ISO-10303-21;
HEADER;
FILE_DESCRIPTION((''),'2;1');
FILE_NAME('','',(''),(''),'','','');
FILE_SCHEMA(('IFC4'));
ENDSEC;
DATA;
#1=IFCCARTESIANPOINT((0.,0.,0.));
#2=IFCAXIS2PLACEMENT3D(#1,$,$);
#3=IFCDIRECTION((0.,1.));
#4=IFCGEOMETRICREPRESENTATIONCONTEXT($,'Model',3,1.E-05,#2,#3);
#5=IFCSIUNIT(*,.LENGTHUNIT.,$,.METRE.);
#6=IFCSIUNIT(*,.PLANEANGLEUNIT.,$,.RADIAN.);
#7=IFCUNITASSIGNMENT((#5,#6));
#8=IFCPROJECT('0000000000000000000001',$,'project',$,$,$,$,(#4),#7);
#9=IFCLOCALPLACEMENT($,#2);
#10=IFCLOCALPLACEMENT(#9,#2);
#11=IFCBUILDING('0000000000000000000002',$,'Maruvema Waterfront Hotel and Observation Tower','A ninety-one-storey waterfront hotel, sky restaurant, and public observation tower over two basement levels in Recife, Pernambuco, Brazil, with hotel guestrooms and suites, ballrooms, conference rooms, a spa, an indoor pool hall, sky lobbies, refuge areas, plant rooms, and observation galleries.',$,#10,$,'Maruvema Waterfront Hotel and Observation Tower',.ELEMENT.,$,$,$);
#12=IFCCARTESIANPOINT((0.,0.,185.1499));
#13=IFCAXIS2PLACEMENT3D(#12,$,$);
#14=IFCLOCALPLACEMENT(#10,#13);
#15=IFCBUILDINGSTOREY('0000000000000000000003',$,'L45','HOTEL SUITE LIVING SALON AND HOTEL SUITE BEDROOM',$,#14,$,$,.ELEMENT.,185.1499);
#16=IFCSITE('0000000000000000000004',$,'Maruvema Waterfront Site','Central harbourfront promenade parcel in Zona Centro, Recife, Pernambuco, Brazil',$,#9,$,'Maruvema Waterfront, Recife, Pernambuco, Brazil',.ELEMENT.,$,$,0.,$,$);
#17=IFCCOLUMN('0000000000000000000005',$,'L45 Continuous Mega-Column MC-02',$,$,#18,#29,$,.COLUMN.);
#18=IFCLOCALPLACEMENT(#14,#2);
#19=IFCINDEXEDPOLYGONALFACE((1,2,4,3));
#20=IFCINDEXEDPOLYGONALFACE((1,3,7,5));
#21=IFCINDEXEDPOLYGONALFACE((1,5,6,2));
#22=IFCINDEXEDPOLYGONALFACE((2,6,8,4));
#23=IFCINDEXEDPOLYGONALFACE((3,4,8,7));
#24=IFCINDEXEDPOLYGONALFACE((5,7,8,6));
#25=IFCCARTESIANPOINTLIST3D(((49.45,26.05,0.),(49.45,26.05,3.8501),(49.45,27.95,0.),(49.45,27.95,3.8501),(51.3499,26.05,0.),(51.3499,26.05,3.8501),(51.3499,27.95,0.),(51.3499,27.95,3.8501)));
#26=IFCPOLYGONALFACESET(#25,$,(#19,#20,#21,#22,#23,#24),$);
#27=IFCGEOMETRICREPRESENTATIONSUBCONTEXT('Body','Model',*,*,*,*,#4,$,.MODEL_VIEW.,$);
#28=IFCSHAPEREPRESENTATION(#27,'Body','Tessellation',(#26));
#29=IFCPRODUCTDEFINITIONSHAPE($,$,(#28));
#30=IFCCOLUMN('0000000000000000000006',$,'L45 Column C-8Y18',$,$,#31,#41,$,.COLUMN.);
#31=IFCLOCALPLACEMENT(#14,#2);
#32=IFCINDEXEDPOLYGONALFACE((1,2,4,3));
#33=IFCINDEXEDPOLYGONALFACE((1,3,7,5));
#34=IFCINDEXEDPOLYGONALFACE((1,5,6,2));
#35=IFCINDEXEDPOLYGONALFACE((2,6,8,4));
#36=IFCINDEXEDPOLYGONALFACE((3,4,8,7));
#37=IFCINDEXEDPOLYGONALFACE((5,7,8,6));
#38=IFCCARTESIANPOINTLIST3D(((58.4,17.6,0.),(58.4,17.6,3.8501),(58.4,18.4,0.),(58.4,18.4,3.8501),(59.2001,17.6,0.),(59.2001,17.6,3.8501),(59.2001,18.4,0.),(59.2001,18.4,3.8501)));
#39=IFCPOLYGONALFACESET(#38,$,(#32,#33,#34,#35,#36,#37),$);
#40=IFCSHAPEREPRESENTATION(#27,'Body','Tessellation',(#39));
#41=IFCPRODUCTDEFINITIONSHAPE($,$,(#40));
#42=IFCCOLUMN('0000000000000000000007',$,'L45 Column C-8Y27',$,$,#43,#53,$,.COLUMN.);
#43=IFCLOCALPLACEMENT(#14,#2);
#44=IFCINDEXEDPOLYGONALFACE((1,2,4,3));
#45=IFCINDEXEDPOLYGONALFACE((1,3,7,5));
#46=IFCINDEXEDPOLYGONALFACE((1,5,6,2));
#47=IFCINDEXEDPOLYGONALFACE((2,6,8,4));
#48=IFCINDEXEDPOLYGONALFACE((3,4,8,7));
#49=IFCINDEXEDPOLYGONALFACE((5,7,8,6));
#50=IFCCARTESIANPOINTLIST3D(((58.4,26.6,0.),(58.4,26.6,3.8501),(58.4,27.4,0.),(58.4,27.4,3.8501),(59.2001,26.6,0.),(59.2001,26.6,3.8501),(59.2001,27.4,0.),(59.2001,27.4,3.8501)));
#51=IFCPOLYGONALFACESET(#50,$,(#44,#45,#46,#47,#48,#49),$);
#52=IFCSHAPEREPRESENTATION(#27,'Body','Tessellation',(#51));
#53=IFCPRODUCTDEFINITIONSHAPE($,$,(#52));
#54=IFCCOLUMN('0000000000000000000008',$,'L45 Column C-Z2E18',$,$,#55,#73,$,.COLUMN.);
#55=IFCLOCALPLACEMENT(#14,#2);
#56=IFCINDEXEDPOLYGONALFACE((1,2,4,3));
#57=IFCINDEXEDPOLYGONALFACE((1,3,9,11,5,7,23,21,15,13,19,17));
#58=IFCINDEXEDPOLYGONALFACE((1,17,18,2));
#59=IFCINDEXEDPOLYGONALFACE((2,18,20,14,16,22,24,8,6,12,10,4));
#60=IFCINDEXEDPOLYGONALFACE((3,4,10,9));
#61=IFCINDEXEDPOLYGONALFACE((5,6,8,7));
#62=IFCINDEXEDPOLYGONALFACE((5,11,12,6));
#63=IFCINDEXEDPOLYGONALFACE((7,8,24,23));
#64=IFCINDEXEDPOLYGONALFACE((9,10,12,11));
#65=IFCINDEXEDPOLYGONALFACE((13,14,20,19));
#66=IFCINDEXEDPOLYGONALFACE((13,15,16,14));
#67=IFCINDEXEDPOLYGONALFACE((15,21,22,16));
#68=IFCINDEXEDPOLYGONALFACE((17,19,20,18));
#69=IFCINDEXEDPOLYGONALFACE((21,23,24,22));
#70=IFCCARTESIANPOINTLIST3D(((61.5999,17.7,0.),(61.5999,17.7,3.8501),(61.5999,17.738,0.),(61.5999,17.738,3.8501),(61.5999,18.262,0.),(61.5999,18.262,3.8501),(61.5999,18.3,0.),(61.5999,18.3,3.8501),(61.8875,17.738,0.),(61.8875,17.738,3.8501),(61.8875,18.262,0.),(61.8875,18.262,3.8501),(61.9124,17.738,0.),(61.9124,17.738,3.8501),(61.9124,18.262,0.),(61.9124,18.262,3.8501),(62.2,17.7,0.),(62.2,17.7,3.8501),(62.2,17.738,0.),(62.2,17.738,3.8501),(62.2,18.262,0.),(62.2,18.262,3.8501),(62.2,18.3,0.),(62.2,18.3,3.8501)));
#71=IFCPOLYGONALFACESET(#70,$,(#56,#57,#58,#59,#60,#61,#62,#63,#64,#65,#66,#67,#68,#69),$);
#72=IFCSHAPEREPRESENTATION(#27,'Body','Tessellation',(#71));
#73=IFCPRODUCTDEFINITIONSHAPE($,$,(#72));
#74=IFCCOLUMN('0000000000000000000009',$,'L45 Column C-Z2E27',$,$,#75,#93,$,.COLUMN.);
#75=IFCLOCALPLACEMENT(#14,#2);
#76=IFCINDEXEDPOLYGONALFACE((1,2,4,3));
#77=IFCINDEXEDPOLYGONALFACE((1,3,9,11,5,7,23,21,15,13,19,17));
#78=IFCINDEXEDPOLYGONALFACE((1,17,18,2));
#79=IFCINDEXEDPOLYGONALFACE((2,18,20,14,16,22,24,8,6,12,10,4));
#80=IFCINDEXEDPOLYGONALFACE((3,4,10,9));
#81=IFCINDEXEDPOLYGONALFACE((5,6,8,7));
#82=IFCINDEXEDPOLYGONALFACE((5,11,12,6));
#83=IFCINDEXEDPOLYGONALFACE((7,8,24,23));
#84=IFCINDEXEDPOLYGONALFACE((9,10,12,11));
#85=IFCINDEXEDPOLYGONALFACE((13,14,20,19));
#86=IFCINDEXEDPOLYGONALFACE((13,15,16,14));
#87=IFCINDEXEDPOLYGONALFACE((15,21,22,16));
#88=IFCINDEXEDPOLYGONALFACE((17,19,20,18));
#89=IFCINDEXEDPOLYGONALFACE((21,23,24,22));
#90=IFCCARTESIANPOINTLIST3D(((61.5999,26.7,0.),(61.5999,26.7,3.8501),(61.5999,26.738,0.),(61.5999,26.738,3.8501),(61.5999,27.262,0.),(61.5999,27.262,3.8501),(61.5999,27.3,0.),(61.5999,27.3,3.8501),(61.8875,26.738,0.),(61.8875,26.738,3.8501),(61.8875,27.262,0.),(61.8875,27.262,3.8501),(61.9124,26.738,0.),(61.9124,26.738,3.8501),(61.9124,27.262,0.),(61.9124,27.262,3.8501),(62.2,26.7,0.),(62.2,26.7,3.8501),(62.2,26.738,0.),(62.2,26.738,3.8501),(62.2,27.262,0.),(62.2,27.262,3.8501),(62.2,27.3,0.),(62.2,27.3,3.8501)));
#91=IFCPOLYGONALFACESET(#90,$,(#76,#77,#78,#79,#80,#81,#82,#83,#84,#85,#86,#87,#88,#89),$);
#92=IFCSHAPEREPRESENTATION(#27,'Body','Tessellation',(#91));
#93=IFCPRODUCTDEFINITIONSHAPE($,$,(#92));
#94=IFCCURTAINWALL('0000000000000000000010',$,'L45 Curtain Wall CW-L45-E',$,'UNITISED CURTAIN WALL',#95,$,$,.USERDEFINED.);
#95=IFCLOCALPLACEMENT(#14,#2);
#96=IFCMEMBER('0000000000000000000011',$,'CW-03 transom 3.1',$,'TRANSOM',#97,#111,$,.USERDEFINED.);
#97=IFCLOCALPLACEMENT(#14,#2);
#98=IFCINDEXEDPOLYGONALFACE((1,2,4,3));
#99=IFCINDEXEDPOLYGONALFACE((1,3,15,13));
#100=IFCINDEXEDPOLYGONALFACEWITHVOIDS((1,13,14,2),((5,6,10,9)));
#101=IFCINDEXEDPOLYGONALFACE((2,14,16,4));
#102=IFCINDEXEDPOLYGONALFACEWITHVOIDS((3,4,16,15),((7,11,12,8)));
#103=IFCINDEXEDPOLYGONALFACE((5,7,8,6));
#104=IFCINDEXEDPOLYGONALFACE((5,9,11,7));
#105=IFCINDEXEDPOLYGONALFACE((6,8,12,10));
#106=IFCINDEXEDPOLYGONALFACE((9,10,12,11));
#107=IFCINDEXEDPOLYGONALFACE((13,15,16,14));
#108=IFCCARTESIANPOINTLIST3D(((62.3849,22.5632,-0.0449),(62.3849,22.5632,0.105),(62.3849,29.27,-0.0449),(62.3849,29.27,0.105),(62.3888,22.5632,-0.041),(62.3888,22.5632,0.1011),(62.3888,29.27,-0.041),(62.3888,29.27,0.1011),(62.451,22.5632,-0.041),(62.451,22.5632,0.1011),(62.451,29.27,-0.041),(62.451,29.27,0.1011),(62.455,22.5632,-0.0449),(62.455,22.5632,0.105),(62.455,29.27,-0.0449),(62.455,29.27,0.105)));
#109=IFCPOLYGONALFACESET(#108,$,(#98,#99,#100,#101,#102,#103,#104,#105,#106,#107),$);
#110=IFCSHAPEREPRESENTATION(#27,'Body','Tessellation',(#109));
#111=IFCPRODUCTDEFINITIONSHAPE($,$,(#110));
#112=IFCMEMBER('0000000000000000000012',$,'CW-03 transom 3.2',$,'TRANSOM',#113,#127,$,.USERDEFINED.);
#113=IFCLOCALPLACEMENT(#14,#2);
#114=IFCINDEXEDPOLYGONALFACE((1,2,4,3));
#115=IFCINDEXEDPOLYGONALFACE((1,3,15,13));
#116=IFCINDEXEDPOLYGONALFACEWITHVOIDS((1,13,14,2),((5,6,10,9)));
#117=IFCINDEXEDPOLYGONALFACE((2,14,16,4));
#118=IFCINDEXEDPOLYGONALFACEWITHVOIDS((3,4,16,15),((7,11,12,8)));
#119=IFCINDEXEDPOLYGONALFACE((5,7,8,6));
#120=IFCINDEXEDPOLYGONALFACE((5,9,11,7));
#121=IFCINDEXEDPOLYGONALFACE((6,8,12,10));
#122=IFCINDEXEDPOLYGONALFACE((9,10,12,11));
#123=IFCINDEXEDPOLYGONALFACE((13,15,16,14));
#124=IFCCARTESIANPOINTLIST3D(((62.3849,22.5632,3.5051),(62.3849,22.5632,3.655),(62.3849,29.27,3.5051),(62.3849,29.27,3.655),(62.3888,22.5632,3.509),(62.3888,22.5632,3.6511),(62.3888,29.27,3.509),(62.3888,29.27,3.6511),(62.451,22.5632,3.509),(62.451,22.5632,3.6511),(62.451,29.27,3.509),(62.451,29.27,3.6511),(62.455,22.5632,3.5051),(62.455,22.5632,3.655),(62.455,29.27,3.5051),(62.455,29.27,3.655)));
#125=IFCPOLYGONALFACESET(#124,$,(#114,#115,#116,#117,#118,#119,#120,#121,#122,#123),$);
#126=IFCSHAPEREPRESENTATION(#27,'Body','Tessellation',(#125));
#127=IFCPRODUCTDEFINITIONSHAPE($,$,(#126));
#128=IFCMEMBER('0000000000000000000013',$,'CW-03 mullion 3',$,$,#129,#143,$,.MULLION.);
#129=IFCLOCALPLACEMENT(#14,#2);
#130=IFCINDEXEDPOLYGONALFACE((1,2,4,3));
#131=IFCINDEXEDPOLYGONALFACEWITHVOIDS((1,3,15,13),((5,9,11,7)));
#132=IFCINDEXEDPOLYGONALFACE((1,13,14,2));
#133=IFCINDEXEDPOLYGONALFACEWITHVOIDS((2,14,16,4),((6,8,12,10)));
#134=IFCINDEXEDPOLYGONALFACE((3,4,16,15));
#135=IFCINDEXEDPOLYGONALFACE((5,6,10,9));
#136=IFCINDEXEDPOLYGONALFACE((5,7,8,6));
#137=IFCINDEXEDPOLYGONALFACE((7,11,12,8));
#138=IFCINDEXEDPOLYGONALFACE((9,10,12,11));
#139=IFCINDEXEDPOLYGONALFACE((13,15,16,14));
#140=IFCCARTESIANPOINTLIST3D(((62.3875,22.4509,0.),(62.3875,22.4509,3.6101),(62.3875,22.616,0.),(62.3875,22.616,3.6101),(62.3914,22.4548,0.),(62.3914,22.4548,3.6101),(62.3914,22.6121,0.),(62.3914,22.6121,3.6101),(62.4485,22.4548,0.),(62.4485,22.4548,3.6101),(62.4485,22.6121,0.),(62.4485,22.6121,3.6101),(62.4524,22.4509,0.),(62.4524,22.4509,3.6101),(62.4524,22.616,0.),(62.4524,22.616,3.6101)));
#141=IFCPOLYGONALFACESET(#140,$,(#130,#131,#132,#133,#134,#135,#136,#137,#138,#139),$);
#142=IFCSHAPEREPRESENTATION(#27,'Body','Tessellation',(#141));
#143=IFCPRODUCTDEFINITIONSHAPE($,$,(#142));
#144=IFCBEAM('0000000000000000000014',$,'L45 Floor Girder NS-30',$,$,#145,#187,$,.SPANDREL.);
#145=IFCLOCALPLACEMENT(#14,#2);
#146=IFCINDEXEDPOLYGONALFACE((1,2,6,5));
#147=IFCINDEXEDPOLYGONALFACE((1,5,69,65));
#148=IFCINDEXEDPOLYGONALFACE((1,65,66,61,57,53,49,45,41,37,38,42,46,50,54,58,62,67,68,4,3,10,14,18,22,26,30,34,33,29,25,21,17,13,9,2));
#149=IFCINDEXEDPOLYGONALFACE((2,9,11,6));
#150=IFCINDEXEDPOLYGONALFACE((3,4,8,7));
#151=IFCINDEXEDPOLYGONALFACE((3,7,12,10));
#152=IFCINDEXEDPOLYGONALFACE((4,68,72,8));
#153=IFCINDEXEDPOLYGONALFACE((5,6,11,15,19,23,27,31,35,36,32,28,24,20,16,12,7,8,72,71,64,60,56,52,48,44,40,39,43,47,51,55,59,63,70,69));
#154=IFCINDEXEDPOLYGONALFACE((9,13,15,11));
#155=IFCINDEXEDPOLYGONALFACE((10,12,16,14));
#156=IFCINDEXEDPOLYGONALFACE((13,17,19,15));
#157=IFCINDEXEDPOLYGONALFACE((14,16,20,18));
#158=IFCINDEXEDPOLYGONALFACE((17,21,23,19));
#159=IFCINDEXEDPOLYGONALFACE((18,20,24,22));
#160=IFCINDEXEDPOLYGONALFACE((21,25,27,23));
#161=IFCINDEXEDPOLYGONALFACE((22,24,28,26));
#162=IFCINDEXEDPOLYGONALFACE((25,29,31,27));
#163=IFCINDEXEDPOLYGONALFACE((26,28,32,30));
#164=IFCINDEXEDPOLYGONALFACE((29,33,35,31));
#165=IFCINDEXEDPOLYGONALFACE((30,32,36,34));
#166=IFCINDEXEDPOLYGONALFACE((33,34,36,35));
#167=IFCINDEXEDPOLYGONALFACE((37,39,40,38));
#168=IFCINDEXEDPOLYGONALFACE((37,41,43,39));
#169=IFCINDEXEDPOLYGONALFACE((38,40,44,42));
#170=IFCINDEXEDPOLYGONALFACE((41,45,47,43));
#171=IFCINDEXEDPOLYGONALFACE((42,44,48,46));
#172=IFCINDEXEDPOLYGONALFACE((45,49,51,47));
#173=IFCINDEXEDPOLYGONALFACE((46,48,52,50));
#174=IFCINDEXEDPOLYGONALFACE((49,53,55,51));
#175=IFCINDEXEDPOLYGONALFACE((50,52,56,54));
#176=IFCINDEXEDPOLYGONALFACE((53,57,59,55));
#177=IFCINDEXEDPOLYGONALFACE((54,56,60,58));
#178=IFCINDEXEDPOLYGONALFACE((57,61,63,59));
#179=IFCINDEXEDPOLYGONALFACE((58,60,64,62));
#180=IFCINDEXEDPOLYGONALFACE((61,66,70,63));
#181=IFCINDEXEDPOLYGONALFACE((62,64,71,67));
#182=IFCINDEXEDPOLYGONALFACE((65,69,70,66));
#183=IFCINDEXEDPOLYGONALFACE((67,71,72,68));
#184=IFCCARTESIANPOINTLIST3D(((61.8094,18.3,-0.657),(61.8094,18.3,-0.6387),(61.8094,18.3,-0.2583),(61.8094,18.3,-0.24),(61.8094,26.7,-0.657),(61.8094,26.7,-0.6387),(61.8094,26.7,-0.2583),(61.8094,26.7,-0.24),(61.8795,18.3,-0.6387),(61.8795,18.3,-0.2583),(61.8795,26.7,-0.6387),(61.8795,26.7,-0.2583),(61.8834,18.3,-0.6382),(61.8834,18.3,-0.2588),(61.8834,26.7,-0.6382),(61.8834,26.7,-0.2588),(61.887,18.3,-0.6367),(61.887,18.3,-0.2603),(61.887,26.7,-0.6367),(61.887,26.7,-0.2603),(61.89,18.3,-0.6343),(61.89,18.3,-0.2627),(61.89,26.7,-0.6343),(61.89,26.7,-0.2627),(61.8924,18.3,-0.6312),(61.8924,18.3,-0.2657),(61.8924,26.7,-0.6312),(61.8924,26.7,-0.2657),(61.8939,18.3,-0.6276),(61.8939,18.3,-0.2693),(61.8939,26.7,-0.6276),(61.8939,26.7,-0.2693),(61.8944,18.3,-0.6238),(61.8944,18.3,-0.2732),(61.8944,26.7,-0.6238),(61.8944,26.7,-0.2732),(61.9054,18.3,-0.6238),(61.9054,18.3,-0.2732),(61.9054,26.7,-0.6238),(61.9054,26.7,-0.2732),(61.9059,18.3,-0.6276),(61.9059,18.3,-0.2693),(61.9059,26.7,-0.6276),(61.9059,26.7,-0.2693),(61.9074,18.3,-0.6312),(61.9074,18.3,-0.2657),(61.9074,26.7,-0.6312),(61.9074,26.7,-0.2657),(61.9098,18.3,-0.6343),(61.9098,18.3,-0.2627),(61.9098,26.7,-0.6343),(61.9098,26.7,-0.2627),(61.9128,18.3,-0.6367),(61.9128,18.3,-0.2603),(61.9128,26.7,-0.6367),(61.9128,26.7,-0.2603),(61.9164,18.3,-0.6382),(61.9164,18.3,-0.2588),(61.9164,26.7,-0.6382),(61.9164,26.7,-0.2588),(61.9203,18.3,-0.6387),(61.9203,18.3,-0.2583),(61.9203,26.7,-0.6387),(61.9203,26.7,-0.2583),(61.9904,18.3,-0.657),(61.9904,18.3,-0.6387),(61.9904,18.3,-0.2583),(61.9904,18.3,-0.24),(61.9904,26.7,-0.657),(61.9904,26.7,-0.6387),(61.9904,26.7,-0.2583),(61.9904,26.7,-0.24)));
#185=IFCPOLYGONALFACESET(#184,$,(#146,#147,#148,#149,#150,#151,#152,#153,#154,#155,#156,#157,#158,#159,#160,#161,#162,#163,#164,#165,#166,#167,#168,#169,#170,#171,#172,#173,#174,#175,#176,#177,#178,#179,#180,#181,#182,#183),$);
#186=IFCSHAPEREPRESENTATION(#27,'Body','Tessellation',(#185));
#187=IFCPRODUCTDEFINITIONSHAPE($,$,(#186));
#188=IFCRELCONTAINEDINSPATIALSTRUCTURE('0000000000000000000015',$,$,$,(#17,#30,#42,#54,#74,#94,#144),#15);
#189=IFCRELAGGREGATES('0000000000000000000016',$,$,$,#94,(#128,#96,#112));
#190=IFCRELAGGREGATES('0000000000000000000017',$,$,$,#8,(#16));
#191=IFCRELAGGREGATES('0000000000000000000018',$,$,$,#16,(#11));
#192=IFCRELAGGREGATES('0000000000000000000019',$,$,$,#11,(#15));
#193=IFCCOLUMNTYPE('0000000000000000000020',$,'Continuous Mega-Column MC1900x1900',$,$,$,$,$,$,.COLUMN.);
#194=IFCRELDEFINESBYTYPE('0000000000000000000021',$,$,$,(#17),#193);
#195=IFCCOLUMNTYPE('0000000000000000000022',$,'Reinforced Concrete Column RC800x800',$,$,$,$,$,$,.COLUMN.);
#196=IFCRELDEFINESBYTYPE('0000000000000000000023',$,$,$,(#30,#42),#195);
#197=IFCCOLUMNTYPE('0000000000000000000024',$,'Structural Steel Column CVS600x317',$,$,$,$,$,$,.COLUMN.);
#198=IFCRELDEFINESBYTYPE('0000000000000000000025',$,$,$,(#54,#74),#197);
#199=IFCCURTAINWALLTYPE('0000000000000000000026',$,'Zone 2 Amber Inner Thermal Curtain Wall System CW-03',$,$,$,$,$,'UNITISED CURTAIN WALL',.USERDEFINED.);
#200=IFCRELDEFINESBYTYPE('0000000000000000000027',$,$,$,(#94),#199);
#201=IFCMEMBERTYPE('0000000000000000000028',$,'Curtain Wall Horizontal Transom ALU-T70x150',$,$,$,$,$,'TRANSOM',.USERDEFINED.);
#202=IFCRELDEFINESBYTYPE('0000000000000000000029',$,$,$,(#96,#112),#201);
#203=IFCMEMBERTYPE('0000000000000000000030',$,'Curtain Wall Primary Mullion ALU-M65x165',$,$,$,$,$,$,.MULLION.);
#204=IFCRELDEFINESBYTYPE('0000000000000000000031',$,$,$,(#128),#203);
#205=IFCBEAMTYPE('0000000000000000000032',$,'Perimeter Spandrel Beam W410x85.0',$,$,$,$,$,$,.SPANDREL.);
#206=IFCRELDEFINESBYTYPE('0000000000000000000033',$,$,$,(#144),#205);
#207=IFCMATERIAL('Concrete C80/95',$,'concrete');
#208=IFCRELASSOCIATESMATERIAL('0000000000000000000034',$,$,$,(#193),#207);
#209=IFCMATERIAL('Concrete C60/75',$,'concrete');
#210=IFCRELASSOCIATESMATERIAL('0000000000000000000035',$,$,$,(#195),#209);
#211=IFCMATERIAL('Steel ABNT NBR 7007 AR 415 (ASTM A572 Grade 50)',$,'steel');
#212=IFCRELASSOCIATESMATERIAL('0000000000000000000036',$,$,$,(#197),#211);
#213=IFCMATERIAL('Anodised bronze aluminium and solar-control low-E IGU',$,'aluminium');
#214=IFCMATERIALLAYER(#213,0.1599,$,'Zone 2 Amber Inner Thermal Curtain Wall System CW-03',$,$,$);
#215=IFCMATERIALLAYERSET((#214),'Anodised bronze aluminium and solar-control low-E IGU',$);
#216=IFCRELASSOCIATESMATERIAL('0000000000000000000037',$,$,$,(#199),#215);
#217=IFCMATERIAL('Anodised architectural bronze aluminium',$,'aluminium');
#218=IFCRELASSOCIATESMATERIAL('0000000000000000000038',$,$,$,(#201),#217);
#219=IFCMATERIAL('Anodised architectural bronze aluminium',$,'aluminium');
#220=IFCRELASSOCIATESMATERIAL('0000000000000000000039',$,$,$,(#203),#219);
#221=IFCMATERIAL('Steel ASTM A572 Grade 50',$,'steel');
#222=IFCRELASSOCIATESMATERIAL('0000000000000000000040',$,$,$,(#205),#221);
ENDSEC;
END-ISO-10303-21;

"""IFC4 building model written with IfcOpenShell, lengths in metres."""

from ifc_helpers import new_model, si_unit, direction, frame, origin, origin_2d, place, context, subcontext, project, spatial, rectangle, hollow_rectangle, i_section, extrude, material, layer, layer_set, material_profile, profile_set, type_object, element, aggregate, save


model = new_model("IFC4")

# Units and contexts
model_context = context("Model", 3, precision=1e-05, world=origin(), true_north=direction((0.0, 1.0)))
body_context = subcontext(model_context, "Body", "Model", "MODEL_VIEW")
ifc_project = project(units=[si_unit("LENGTHUNIT", "METRE"), si_unit("PLANEANGLEUNIT", "RADIAN")], contexts=[model_context])

# Site, building, storey
site_placement = place(None, origin())
site = spatial("IfcSite", under=ifc_project, at=site_placement, Name="Maruvema Waterfront Site", Description="Central harbourfront promenade parcel in Zona Centro, Recife, Pernambuco, Brazil", LongName="Maruvema Waterfront, Recife, Pernambuco, Brazil", CompositionType="ELEMENT", RefElevation=0.0)
building_placement = place(site_placement, origin())
building = spatial("IfcBuilding", under=site, at=building_placement, Name="Maruvema Waterfront Hotel and Observation Tower", Description="A ninety-one-storey waterfront hotel, sky restaurant, and public observation tower over two basement levels in Recife, Pernambuco, Brazil, with hotel guestrooms and suites, ballrooms, conference rooms, a spa, an indoor pool hall, sky lobbies, refuge areas, plant rooms, and observation galleries.", LongName="Maruvema Waterfront Hotel and Observation Tower", CompositionType="ELEMENT")
storey_placement = place(building_placement, frame((0.0, 0.0, 185.1499)))
storey = spatial("IfcBuildingStorey", under=building, at=storey_placement, Name="L45", Description="HOTEL SUITE LIVING SALON AND HOTEL SUITE BEDROOM", CompositionType="ELEMENT", Elevation=185.1499)

# Columns
ifc_material_1 = material(Name="Concrete C80/95", Category="concrete")
ifc_material_profile_1 = material_profile(ifc_material_1, rectangle(XDim=1.8999, YDim=1.8999, at=origin_2d()), Name="MC1900x1900")
ifc_profile_set_1 = profile_set([ifc_material_profile_1], Name="Concrete C80/95")
column_type_1 = type_object("IfcColumnType", Name="Continuous Mega-Column MC1900x1900", PredefinedType="COLUMN", material=ifc_profile_set_1)
column_placement = place(storey_placement, frame((50.3999, 27.0, 0.0), z_axis=(0.0, 0.0, 1.0), x_axis=(1.0, 0.0, 0.0)))
element("IfcColumn", 1, at=column_placement, inside=storey, type_object=column_type_1, Name="L45 Continuous Mega-Column MC-02", PredefinedType="COLUMN", context=body_context, shape_type="SweptSolid", body=[
    extrude(rectangle(XDim=1.8999, YDim=1.8999, at=origin_2d()), origin(), (0.0, 0.0, 1.0), 3.8501),
])
ifc_material_2 = material(Name="Concrete C60/75", Category="concrete")
ifc_material_profile_2 = material_profile(ifc_material_2, rectangle(XDim=0.8, YDim=0.8, at=origin_2d()), Name="RC800x800")
ifc_profile_set_2 = profile_set([ifc_material_profile_2], Name="Concrete C60/75")
column_type_2 = type_object("IfcColumnType", Name="Reinforced Concrete Column RC800x800", PredefinedType="COLUMN", material=ifc_profile_set_2)
for number, where, z_axis, x_axis, name in (
    (2, (58.8, 18.0, 0.0), (0.0, 0.0, 1.0), (1.0, 0.0, 0.0), "L45 Column C-8Y18"),
    (3, (58.8, 27.0, 0.0), (0.0, 0.0, 1.0), (1.0, 0.0, 0.0), "L45 Column C-8Y27"),
):
    element("IfcColumn", number, at=place(storey_placement, frame(where, z_axis=z_axis, x_axis=x_axis)), inside=storey, type_object=column_type_2, Name=name, PredefinedType="COLUMN", context=body_context, shape_type="SweptSolid", body=[
        extrude(rectangle(XDim=0.8, YDim=0.8, at=origin_2d()), origin(), (0.0, 0.0, 1.0), 3.8501),
    ])
ifc_material_3 = material(Name="Steel ABNT NBR 7007 AR 415 (ASTM A572 Grade 50)", Category="steel")
ifc_material_profile_3 = material_profile(ifc_material_3, i_section(OverallWidth=0.6001, OverallDepth=0.6001, WebThickness=0.0249, FlangeThickness=0.0381, at=origin_2d()), Name="CVS600x317")
ifc_profile_set_3 = profile_set([ifc_material_profile_3], Name="Steel ABNT NBR 7007 AR 415 (ASTM A572 Grade 50)")
column_type_3 = type_object("IfcColumnType", Name="Structural Steel Column CVS600x317", PredefinedType="COLUMN", material=ifc_profile_set_3)
for number, where, z_axis, x_axis, name in (
    (4, (61.8999, 18.0, 0.0), (0.0, 0.0, 1.0), (1.0, 0.0, 0.0), "L45 Column C-Z2E18"),
    (5, (61.8999, 27.0, 0.0), (0.0, 0.0, 1.0), (1.0, 0.0, 0.0), "L45 Column C-Z2E27"),
):
    element("IfcColumn", number, at=place(storey_placement, frame(where, z_axis=z_axis, x_axis=x_axis)), inside=storey, type_object=column_type_3, Name=name, PredefinedType="COLUMN", context=body_context, shape_type="SweptSolid", body=[
        extrude(i_section(OverallWidth=0.6001, OverallDepth=0.6001, WebThickness=0.0249, FlangeThickness=0.0381, at=origin_2d()), origin(), (0.0, 0.0, 1.0), 3.8501),
    ])

# Curtain wall, members
ifc_material_4 = material(Name="Anodised bronze aluminium and solar-control low-E IGU", Category="aluminium")
ifc_layer_1 = layer(ifc_material_4, 0.1599, Name="Zone 2 Amber Inner Thermal Curtain Wall System CW-03")
ifc_layer_set_1 = layer_set([ifc_layer_1], Name="Anodised bronze aluminium and solar-control low-E IGU")
curtain_wall_type = type_object("IfcCurtainWallType", Name="Zone 2 Amber Inner Thermal Curtain Wall System CW-03", ElementType="UNITISED CURTAIN WALL", PredefinedType="USERDEFINED", material=ifc_layer_set_1)
curtain_wall_placement = place(storey_placement, origin())
curtain_wall = element("IfcCurtainWall", 6, at=curtain_wall_placement, inside=storey, type_object=curtain_wall_type, Name="L45 Curtain Wall CW-L45-E", ObjectType="UNITISED CURTAIN WALL", PredefinedType="USERDEFINED")
ifc_material_5 = material(Name="Anodised architectural bronze aluminium", Category="aluminium")
ifc_material_profile_4 = material_profile(ifc_material_5, hollow_rectangle(XDim=0.0701, YDim=0.1499, WallThickness=0.0039, at=origin_2d()), Name="ALU-T70x150")
ifc_profile_set_4 = profile_set([ifc_material_profile_4], Name="Anodised architectural bronze aluminium")
member_type_1 = type_object("IfcMemberType", Name="Curtain Wall Horizontal Transom ALU-T70x150", ElementType="TRANSOM", PredefinedType="USERDEFINED", material=ifc_profile_set_4)
member_1_placement = place(storey_placement, frame((62.4199, 22.5632, 0.03), z_axis=(0.0, 1.0, 0.0), x_axis=(-1.0, 0.0, 0.0)))
member_1 = element("IfcMember", 7, at=member_1_placement, type_object=member_type_1, Name="CW-03 transom 3.1", ObjectType="TRANSOM", PredefinedType="USERDEFINED", context=body_context, shape_type="SweptSolid", body=[
    extrude(hollow_rectangle(XDim=0.0701, YDim=0.1499, WallThickness=0.0039, at=origin_2d()), origin(), (0.0, 0.0, 1.0), 6.7068),
])
member_2_placement = place(storey_placement, frame((62.4199, 22.5632, 3.5801), z_axis=(0.0, 1.0, 0.0), x_axis=(-1.0, 0.0, 0.0)))
member_2 = element("IfcMember", 8, at=member_2_placement, type_object=member_type_1, Name="CW-03 transom 3.2", ObjectType="TRANSOM", PredefinedType="USERDEFINED", context=body_context, shape_type="SweptSolid", body=[
    extrude(hollow_rectangle(XDim=0.0701, YDim=0.1499, WallThickness=0.0039, at=origin_2d()), origin(), (0.0, 0.0, 1.0), 6.7068),
])
ifc_material_6 = material(Name="Anodised architectural bronze aluminium", Category="aluminium")
ifc_material_profile_5 = material_profile(ifc_material_6, hollow_rectangle(XDim=0.0649, YDim=0.165, WallThickness=0.0039, at=origin_2d()), Name="ALU-M65x165")
ifc_profile_set_5 = profile_set([ifc_material_profile_5], Name="Anodised architectural bronze aluminium")
member_type_2 = type_object("IfcMemberType", Name="Curtain Wall Primary Mullion ALU-M65x165", PredefinedType="MULLION", material=ifc_profile_set_5)
member_3_placement = place(storey_placement, frame((62.4199, 22.5334, 0.0), z_axis=(0.0, 0.0, 1.0), x_axis=(-1.0, 0.0, 0.0)))
member_3 = element("IfcMember", 9, at=member_3_placement, type_object=member_type_2, Name="CW-03 mullion 3", PredefinedType="MULLION", context=body_context, shape_type="SweptSolid", body=[
    extrude(hollow_rectangle(XDim=0.0649, YDim=0.165, WallThickness=0.0039, at=origin_2d()), origin(), (0.0, 0.0, 1.0), 3.6101),
])

# Beam
ifc_material_7 = material(Name="Steel ASTM A572 Grade 50", Category="steel")
ifc_material_profile_6 = material_profile(ifc_material_7, i_section(OverallWidth=0.1809, OverallDepth=0.417, WebThickness=0.011, FlangeThickness=0.0183, FilletRadius=0.0149, at=origin_2d()), Name="W410x85.0")
ifc_profile_set_6 = profile_set([ifc_material_profile_6], Name="Steel ASTM A572 Grade 50")
beam_type_1 = type_object("IfcBeamType", Name="Perimeter Spandrel Beam W410x85.0", PredefinedType="SPANDREL", material=ifc_profile_set_6)
for number, where, z_axis, x_axis, name in (
    (10, (61.8999, 18.3, -0.4485), (0.0, 1.0, 0.0), (-1.0, 0.0, 0.0), "L45 Floor Girder NS-30"),
):
    element("IfcBeam", number, at=place(storey_placement, frame(where, z_axis=z_axis, x_axis=x_axis)), inside=storey, type_object=beam_type_1, Name=name, PredefinedType="SPANDREL", context=body_context, shape_type="SweptSolid", body=[
        extrude(i_section(OverallWidth=0.1809, OverallDepth=0.417, WebThickness=0.011, FlangeThickness=0.0183, FilletRadius=0.0149, at=origin_2d()), origin(), (0.0, 0.0, 1.0), 8.3999),
    ])

aggregate(curtain_wall, [member_3, member_1, member_2])

save(model, "model.ifc")
